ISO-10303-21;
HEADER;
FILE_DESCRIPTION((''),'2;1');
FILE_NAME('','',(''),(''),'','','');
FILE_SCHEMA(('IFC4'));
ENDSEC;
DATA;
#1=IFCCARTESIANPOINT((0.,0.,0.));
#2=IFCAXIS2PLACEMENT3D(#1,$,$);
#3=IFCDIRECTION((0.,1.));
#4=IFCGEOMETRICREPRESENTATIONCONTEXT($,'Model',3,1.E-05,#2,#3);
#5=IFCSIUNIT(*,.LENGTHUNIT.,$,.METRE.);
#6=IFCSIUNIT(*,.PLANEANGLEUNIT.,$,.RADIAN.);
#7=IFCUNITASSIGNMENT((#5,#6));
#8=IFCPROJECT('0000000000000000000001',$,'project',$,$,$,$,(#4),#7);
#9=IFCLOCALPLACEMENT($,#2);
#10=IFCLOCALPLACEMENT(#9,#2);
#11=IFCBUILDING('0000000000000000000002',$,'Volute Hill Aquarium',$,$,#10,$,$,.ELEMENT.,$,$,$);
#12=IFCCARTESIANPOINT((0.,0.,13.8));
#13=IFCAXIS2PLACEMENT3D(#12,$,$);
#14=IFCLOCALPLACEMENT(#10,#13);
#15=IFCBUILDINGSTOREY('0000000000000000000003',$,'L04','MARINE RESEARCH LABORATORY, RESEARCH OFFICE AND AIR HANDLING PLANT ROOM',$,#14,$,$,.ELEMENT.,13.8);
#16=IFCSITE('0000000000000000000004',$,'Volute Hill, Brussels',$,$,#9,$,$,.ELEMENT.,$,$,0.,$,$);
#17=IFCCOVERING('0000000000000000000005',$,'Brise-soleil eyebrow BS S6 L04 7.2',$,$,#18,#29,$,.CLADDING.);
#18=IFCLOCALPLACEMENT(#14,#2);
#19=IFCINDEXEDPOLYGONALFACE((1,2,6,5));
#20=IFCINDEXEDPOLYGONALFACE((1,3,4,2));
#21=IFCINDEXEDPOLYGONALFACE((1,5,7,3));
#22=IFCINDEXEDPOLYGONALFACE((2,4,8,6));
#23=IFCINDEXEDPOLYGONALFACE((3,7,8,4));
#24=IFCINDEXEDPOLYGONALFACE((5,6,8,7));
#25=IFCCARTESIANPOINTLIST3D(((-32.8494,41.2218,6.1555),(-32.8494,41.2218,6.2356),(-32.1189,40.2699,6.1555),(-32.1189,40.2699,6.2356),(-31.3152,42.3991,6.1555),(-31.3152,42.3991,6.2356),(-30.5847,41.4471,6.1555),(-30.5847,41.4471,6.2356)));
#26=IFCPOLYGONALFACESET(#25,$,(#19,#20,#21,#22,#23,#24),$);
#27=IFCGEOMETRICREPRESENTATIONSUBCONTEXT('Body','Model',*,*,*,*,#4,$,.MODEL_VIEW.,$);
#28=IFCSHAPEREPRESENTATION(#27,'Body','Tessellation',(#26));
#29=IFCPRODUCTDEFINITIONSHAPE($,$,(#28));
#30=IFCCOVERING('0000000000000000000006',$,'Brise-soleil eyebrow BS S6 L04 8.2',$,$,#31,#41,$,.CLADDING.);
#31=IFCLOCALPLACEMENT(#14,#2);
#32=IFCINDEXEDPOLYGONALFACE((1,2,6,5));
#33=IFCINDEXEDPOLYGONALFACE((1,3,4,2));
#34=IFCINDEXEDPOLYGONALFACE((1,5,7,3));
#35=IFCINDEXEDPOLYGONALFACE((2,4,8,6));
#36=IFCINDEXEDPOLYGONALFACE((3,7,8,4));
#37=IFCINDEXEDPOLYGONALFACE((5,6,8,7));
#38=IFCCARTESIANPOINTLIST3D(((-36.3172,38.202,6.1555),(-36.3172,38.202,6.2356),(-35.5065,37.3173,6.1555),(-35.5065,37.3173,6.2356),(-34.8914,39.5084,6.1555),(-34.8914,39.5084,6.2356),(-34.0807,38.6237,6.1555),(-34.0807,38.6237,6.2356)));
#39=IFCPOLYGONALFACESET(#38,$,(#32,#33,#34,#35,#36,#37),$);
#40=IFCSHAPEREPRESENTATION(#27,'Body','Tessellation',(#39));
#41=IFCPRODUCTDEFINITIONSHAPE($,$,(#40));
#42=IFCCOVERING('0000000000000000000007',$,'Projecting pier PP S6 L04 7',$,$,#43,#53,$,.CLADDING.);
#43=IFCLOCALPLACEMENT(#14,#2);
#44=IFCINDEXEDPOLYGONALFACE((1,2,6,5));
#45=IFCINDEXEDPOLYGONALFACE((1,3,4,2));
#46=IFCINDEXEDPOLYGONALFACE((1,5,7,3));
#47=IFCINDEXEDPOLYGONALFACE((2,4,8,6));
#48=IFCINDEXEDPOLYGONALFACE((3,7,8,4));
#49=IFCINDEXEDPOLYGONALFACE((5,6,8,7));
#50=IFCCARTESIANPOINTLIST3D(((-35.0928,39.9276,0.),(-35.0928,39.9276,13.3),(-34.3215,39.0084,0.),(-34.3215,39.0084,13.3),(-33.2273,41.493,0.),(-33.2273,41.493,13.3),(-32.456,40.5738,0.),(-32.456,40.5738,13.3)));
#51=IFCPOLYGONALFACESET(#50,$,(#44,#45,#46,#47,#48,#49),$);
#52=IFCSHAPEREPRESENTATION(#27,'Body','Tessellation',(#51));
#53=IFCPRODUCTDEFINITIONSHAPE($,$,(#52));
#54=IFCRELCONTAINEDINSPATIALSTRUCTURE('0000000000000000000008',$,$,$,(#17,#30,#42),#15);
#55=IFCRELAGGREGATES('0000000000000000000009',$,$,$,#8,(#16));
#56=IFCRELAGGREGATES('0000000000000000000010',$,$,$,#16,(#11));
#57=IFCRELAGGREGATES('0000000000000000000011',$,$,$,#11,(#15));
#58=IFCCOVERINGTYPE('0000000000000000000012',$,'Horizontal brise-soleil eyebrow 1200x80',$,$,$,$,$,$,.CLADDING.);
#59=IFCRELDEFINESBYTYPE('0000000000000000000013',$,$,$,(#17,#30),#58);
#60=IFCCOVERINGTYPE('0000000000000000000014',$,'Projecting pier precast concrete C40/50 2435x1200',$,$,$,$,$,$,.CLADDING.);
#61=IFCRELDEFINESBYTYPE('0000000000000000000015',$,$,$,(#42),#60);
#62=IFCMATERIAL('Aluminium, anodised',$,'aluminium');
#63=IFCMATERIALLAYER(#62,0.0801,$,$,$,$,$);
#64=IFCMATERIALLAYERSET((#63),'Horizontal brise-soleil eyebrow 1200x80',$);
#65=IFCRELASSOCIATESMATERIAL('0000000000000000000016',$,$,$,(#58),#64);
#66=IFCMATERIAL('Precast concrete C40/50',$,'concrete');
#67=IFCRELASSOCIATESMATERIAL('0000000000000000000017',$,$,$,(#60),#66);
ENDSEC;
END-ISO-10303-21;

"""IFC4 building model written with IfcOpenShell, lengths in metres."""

from ifc_helpers import new_model, si_unit, direction, frame, origin, origin_2d, place, context, subcontext, project, spatial, rectangle, extrude, material, layer, layer_set, type_object, element, save


model = new_model("IFC4")

# Units and contexts
model_context = context("Model", 3, precision=1e-05, world=origin(), true_north=direction((0.0, 1.0)))
body_context = subcontext(model_context, "Body", "Model", "MODEL_VIEW")
ifc_project = project(units=[si_unit("LENGTHUNIT", "METRE"), si_unit("PLANEANGLEUNIT", "RADIAN")], contexts=[model_context])

# Site, building, storey
site_placement = place(None, origin())
site = spatial("IfcSite", under=ifc_project, at=site_placement, Name="Volute Hill, Brussels", CompositionType="ELEMENT", RefElevation=0.0)
building_placement = place(site_placement, origin())
building = spatial("IfcBuilding", under=site, at=building_placement, Name="Volute Hill Aquarium", CompositionType="ELEMENT")
storey_placement = place(building_placement, frame((0.0, 0.0, 13.8)))
storey = spatial("IfcBuildingStorey", under=building, at=storey_placement, Name="L04", Description="MARINE RESEARCH LABORATORY, RESEARCH OFFICE AND AIR HANDLING PLANT ROOM", CompositionType="ELEMENT", Elevation=13.8)

# Coverings
ifc_material_1 = material(Name="Aluminium, anodised", Category="aluminium")
ifc_layer_1 = layer(ifc_material_1, 0.0801)
ifc_layer_set_1 = layer_set([ifc_layer_1], Name="Horizontal brise-soleil eyebrow 1200x80")
covering_type_1 = type_object("IfcCoveringType", Name="Horizontal brise-soleil eyebrow 1200x80", PredefinedType="CLADDING", material=ifc_layer_set_1)
for number, where, z_axis, x_axis, name in (
    (1, (-31.717, 41.3345, 6.1555), (0.0, 0.0, 1.0), (-0.79335, -0.608766, 0.0), "Brise-soleil eyebrow BS S6 L04 7.2"),
    (2, (-35.199, 38.4128, 6.1555), (0.0, 0.0, 1.0), (-0.737286, -0.675581, 0.0), "Brise-soleil eyebrow BS S6 L04 8.2"),
):
    element("IfcCovering", number, at=place(storey_placement, frame(where, z_axis=z_axis, x_axis=x_axis)), inside=storey, type_object=covering_type_1, Name=name, PredefinedType="CLADDING", context=body_context, shape_type="SweptSolid", body=[
        extrude(rectangle(XDim=1.9338, YDim=1.2, at=origin_2d()), origin(), (0.0, 0.0, 1.0), 0.0801),
    ])
ifc_material_2 = material(Name="Precast concrete C40/50", Category="concrete")
covering_type_2 = type_object("IfcCoveringType", Name="Projecting pier precast concrete C40/50 2435x1200", PredefinedType="CLADDING", material=ifc_material_2)
covering_placement = place(storey_placement, frame((-33.7744, 40.2507, 0.0), z_axis=(0.0, 0.0, 1.0), x_axis=(-0.766044, -0.642788, 0.0)))
element("IfcCovering", 3, at=covering_placement, inside=storey, type_object=covering_type_2, Name="Projecting pier PP S6 L04 7", PredefinedType="CLADDING", context=body_context, shape_type="SweptSolid", body=[
    extrude(rectangle(XDim=2.4353, YDim=1.2, at=origin_2d()), origin(), (0.0, 0.0, 1.0), 13.3),
])

save(model, "model.ifc")
